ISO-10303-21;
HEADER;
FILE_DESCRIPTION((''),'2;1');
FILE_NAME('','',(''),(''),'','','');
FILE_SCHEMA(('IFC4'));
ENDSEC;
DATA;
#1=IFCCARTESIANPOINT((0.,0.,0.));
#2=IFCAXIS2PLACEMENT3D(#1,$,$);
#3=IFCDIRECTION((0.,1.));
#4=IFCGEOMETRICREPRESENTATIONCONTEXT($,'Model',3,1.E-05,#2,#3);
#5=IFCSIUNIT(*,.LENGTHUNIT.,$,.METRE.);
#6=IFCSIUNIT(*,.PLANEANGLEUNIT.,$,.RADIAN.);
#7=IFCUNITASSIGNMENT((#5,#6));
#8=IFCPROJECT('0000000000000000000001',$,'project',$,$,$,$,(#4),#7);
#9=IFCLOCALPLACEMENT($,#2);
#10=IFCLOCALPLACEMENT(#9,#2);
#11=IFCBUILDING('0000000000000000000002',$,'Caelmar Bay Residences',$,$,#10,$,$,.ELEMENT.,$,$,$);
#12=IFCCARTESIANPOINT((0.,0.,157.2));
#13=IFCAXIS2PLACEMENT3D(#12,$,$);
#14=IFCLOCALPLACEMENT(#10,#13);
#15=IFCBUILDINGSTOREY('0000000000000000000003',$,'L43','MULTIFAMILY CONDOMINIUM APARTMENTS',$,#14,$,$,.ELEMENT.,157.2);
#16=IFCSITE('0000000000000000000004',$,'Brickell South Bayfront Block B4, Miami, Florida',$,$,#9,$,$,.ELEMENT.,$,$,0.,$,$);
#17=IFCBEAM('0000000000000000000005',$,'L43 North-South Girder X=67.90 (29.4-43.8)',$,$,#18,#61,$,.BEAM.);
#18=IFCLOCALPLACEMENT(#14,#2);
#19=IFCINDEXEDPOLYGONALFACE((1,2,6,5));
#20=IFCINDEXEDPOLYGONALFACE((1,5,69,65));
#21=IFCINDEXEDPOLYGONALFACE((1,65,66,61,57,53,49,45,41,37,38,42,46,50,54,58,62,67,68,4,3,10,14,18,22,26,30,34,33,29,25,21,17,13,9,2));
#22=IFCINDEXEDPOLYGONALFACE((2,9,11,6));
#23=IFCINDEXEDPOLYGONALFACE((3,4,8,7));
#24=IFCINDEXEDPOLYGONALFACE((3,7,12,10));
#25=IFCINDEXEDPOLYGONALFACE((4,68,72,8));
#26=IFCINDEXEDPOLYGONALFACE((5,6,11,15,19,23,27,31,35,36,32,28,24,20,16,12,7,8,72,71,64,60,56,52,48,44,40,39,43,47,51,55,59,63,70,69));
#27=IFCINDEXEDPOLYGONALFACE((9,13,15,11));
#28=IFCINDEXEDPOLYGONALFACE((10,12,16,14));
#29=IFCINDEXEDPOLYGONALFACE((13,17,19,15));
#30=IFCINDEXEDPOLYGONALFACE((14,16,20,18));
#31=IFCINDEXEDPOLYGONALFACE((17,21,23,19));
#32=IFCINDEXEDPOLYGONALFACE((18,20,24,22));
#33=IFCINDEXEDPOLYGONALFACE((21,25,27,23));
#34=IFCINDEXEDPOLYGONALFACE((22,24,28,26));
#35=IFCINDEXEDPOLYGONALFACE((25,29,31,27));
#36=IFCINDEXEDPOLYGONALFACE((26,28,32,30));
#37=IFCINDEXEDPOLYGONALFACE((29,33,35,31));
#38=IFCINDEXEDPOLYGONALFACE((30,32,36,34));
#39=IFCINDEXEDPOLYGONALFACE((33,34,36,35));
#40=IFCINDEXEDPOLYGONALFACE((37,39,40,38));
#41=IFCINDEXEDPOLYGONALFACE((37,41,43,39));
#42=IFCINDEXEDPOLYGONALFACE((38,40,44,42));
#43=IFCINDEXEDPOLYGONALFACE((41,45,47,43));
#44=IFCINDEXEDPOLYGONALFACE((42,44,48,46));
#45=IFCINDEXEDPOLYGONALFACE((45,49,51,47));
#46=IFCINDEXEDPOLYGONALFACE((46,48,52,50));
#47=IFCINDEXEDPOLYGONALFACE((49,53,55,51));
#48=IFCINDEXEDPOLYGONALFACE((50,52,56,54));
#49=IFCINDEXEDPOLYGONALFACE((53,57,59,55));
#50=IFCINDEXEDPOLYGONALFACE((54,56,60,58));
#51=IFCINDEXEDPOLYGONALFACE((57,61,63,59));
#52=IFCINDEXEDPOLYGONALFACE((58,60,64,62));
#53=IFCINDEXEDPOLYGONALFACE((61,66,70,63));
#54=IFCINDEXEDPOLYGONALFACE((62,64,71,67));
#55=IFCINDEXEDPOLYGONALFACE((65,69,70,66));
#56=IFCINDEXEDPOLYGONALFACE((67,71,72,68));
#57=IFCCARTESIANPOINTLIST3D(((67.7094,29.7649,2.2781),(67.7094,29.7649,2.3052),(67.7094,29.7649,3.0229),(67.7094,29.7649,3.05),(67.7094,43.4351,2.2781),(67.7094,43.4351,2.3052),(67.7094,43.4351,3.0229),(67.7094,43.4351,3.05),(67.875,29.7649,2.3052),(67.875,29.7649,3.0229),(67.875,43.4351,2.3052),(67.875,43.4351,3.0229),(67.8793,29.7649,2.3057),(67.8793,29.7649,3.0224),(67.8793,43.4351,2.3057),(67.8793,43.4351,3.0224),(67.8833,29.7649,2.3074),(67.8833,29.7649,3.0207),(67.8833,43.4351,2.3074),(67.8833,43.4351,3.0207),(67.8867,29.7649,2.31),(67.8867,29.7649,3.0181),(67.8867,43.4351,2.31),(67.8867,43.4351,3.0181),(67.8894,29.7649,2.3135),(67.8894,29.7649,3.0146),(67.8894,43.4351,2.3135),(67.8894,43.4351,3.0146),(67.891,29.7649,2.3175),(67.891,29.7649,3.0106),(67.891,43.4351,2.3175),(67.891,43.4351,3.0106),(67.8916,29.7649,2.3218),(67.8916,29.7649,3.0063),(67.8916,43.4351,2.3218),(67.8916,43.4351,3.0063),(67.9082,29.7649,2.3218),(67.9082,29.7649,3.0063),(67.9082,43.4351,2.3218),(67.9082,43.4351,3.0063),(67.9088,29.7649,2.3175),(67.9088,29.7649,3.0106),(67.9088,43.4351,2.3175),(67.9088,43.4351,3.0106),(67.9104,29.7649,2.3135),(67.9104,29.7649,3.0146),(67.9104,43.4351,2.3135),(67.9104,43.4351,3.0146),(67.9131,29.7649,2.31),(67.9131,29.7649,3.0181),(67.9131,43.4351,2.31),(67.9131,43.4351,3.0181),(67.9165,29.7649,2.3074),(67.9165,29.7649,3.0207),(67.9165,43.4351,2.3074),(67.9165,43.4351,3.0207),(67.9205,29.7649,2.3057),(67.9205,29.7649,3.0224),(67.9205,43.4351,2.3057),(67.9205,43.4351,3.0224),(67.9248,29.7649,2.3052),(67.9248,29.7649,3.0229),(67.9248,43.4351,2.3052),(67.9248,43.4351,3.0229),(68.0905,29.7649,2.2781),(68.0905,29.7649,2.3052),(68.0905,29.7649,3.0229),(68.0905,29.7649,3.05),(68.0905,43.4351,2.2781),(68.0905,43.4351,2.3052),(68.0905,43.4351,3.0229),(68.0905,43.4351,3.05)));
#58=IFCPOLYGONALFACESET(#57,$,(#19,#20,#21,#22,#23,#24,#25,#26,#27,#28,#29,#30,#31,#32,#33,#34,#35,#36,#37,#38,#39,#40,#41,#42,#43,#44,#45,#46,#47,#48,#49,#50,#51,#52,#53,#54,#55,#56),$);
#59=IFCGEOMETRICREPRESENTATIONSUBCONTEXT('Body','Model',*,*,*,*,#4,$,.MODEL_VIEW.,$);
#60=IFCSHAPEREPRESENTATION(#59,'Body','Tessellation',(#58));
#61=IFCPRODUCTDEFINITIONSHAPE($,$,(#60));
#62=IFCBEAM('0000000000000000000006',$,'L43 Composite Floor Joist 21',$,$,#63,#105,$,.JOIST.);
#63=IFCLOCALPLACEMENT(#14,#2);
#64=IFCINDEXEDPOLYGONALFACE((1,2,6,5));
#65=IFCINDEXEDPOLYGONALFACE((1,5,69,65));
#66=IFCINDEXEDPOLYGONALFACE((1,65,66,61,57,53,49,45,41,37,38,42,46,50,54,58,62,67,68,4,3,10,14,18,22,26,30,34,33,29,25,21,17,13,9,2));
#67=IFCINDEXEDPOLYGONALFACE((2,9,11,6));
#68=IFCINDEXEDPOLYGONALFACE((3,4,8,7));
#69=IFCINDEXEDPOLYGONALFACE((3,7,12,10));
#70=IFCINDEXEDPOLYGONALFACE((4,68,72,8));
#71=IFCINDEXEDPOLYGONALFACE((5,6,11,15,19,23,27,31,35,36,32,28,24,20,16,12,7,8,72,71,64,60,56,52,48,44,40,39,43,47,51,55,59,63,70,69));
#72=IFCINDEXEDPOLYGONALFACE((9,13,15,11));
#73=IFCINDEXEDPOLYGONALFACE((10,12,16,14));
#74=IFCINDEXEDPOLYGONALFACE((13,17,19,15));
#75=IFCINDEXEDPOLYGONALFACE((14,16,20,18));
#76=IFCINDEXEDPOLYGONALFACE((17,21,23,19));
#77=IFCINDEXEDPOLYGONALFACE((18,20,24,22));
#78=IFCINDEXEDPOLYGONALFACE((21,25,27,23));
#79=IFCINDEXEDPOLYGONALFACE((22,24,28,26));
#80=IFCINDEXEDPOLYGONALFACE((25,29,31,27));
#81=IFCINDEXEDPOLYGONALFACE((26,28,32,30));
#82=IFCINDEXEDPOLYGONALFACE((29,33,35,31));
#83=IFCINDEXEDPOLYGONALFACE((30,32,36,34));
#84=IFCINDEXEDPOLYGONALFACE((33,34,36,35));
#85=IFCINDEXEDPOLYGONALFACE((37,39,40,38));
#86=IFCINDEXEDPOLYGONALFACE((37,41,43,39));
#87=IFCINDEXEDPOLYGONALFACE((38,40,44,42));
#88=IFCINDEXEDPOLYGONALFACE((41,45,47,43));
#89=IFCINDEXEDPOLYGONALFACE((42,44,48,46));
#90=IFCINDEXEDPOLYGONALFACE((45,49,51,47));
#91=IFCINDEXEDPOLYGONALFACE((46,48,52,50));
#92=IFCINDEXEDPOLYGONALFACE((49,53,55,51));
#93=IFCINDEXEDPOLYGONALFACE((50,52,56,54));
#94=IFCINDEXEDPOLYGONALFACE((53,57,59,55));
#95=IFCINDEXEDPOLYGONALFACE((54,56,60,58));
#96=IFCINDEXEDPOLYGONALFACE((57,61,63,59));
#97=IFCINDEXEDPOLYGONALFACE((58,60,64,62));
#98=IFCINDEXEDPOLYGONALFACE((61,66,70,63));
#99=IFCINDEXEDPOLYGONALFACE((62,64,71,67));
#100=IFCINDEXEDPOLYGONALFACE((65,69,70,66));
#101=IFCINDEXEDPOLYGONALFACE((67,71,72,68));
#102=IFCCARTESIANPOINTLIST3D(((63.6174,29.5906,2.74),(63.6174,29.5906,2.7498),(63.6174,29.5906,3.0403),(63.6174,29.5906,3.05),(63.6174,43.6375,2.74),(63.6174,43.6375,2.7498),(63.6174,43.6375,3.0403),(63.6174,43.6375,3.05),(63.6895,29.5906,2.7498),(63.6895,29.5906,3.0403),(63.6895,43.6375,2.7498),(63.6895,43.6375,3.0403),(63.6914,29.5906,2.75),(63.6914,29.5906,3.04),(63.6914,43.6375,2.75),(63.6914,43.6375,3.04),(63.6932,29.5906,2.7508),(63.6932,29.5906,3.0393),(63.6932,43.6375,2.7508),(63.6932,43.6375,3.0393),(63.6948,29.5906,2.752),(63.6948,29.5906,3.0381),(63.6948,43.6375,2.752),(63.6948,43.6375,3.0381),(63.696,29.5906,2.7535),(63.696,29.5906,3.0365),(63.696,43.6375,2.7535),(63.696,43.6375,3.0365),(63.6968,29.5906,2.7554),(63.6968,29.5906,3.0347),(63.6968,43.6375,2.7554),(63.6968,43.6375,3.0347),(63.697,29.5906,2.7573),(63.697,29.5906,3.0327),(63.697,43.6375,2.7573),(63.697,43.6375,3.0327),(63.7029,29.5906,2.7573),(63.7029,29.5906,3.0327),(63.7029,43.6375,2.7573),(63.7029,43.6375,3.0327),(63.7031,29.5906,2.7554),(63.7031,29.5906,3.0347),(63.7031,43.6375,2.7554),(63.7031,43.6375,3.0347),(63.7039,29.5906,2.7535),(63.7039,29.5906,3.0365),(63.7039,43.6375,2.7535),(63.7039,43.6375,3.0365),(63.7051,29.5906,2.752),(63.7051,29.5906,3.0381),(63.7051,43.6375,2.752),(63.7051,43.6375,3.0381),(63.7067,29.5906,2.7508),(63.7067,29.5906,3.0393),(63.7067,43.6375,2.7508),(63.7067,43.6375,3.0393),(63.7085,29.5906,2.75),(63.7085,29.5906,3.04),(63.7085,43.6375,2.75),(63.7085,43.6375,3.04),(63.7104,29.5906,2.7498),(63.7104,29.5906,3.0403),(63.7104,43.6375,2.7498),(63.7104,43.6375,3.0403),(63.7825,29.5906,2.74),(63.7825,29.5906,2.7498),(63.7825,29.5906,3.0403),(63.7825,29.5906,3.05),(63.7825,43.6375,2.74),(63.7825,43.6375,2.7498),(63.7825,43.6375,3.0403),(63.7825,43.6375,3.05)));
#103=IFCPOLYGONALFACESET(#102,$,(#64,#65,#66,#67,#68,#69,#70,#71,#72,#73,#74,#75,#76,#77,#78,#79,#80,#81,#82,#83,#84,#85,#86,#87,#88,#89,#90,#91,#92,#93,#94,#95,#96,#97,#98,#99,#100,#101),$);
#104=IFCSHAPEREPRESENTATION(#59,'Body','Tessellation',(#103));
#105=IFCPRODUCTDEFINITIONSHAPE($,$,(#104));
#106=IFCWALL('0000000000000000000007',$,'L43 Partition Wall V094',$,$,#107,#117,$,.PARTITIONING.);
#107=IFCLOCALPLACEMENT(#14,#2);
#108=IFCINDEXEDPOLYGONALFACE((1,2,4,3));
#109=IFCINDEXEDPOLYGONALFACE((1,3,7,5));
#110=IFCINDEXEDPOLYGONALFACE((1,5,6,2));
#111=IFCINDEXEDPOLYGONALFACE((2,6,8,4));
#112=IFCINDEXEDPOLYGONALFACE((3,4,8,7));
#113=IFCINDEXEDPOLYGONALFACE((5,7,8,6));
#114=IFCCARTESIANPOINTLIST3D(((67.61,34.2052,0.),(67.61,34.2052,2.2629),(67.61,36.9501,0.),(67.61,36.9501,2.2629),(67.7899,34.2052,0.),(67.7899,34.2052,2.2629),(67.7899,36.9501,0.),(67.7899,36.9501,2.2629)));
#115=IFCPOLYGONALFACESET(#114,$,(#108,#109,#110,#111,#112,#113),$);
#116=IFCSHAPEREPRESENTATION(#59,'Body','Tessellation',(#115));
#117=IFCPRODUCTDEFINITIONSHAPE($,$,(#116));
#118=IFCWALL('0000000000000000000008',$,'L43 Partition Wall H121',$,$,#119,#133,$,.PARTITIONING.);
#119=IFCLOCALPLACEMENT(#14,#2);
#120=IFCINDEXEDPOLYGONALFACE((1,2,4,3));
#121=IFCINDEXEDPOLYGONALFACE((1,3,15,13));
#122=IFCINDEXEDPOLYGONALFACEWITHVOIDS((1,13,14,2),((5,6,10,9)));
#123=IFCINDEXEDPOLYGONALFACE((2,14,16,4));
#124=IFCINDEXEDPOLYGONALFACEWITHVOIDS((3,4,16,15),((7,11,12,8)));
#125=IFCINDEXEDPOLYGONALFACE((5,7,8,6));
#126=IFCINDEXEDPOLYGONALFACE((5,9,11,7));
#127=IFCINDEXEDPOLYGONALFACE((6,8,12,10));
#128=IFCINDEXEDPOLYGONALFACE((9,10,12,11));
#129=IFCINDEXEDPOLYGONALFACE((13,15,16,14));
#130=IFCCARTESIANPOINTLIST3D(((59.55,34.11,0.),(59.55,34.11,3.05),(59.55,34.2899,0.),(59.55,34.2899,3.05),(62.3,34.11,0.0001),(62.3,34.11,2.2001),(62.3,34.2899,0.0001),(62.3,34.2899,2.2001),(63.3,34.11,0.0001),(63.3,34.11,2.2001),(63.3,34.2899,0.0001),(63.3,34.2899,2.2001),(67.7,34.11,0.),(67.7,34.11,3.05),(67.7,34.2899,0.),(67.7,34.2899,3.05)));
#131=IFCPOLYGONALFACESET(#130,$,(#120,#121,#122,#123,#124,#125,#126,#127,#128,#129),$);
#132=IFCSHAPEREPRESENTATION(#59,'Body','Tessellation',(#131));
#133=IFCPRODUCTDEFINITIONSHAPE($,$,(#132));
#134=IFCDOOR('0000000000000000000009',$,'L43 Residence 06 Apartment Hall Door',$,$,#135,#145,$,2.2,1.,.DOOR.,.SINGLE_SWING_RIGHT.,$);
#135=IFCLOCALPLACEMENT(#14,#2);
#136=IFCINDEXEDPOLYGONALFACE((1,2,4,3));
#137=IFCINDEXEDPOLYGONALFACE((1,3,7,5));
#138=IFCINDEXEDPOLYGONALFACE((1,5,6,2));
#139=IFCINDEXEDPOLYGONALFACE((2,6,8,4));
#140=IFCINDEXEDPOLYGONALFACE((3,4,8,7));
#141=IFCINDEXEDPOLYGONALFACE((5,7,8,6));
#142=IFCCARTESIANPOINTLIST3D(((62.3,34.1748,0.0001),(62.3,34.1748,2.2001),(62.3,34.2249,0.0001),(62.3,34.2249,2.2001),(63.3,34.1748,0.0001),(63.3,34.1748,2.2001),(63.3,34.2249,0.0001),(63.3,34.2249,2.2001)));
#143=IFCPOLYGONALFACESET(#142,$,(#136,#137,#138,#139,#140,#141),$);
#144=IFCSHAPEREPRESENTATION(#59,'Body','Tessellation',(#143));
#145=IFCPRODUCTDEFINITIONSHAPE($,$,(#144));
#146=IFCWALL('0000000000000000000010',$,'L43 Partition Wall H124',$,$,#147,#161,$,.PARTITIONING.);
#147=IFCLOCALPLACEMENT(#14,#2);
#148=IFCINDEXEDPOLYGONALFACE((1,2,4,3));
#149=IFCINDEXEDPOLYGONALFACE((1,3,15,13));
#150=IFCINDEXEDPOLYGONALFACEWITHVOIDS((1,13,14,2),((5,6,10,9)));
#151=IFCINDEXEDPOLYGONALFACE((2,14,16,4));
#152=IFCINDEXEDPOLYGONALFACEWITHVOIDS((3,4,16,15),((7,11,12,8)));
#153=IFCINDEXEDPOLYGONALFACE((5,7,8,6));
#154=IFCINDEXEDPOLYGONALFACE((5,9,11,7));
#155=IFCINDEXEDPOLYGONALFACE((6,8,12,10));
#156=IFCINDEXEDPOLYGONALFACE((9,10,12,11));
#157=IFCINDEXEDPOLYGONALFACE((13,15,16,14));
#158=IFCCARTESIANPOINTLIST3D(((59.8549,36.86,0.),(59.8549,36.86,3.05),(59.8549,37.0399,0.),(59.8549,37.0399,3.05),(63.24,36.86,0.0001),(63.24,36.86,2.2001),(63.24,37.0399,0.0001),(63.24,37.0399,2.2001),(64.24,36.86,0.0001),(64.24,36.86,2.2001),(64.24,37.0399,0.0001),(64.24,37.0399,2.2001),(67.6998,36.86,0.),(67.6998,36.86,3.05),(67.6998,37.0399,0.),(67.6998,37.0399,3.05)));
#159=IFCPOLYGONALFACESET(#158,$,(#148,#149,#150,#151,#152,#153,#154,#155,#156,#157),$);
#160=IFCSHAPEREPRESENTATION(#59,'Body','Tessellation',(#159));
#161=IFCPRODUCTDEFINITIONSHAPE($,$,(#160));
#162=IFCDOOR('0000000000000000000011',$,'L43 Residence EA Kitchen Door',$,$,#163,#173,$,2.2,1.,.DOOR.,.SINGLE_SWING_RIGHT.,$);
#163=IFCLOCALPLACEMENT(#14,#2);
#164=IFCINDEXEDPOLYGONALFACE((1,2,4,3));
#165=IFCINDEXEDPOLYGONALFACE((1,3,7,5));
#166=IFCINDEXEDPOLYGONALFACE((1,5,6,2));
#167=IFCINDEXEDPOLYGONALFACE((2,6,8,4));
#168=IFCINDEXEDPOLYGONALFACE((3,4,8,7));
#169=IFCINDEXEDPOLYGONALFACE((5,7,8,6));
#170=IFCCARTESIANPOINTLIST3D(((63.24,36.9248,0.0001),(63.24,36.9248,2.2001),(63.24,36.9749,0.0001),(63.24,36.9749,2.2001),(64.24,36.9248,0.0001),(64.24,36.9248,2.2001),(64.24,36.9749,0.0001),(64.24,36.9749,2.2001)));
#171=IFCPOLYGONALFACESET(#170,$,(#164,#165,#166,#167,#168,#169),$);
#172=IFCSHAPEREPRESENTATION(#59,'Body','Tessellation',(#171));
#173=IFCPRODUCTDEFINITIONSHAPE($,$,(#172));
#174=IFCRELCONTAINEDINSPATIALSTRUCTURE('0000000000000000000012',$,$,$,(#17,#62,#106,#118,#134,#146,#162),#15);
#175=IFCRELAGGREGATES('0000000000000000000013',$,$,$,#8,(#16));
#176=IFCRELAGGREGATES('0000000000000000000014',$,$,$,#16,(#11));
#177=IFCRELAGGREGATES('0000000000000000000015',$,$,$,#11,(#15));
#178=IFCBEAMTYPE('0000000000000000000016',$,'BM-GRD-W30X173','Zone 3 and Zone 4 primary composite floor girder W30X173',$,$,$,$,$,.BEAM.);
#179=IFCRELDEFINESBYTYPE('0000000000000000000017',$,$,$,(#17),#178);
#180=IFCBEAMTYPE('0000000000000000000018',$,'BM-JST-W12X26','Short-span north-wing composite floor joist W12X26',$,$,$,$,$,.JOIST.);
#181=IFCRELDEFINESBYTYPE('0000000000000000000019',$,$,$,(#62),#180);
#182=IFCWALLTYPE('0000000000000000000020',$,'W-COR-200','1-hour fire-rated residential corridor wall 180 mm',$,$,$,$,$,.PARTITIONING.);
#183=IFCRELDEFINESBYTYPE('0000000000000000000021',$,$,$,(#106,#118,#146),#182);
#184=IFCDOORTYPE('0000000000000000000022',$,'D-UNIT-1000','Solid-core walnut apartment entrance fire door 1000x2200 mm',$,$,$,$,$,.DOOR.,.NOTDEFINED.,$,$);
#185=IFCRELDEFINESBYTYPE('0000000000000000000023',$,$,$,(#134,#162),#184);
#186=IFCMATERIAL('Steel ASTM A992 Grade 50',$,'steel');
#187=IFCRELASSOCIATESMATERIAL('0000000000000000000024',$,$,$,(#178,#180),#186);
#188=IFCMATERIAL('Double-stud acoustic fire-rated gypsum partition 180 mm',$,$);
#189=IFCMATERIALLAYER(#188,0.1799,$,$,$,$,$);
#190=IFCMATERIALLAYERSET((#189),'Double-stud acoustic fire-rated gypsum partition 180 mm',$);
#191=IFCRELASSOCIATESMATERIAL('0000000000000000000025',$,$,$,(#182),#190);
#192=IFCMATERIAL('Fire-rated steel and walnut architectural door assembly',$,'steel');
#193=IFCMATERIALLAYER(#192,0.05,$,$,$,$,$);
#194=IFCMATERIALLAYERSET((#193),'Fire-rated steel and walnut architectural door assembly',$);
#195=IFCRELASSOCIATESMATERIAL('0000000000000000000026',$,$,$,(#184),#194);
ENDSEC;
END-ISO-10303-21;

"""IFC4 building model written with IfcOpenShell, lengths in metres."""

from ifc_helpers import new_model, si_unit, direction, frame, frame_2d, origin, origin_2d, place, context, subcontext, project, spatial, rectangle, i_section, extrude, material, layer, layer_set, material_profile, profile_set, type_object, element, fill, save


model = new_model("IFC4")

# Units and contexts
model_context = context("Model", 3, precision=1e-05, world=origin(), true_north=direction((0.0, 1.0)))
body_context = subcontext(model_context, "Body", "Model", "MODEL_VIEW")
ifc_project = project(units=[si_unit("LENGTHUNIT", "METRE"), si_unit("PLANEANGLEUNIT", "RADIAN")], contexts=[model_context])

# Site, building, storey
site_placement = place(None, origin())
site = spatial("IfcSite", under=ifc_project, at=site_placement, Name="Brickell South Bayfront Block B4, Miami, Florida", CompositionType="ELEMENT", RefElevation=0.0)
building_placement = place(site_placement, origin())
building = spatial("IfcBuilding", under=site, at=building_placement, Name="Caelmar Bay Residences", CompositionType="ELEMENT")
storey_placement = place(building_placement, frame((0.0, 0.0, 157.2)))
storey = spatial("IfcBuildingStorey", under=building, at=storey_placement, Name="L43", Description="MULTIFAMILY CONDOMINIUM APARTMENTS", CompositionType="ELEMENT", Elevation=157.2)

# Beams
ifc_material_1 = material(Name="Steel ASTM A992 Grade 50", Category="steel")
ifc_material_profile_1 = material_profile(ifc_material_1, i_section(OverallWidth=0.3811, OverallDepth=0.772, WebThickness=0.0166, FlangeThickness=0.0271, FilletRadius=0.0166, at=origin_2d()), Name="W30X173")
ifc_profile_set_1 = profile_set([ifc_material_profile_1], Name="Steel ASTM A992 Grade 50")
beam_type_1 = type_object("IfcBeamType", Name="BM-GRD-W30X173", Description="Zone 3 and Zone 4 primary composite floor girder W30X173", PredefinedType="BEAM", material=ifc_profile_set_1)
beam_1_placement = place(storey_placement, frame((67.8999, 29.7649, 2.6641), z_axis=(0.0, 1.0, 0.0), x_axis=(-1.0, 0.0, 0.0)))
element("IfcBeam", 1, at=beam_1_placement, inside=storey, type_object=beam_type_1, Name="L43 North-South Girder X=67.90 (29.4-43.8)", PredefinedType="BEAM", context=body_context, shape_type="SweptSolid", body=[
    extrude(i_section(OverallWidth=0.3811, OverallDepth=0.772, WebThickness=0.0166, FlangeThickness=0.0271, FilletRadius=0.0166, at=origin_2d()), origin(), (0.0, 0.0, 1.0), 13.6702),
])
ifc_material_profile_2 = material_profile(ifc_material_1, i_section(OverallWidth=0.165, OverallDepth=0.3101, WebThickness=0.0059, FlangeThickness=0.0098, FilletRadius=0.0076, at=origin_2d()), Name="W12X26")
ifc_profile_set_2 = profile_set([ifc_material_profile_2], Name="Steel ASTM A992 Grade 50")
beam_type_2 = type_object("IfcBeamType", Name="BM-JST-W12X26", Description="Short-span north-wing composite floor joist W12X26", PredefinedType="JOIST", material=ifc_profile_set_2)
beam_2_placement = place(storey_placement, frame((63.7, 29.5906, 2.895), z_axis=(0.0, 1.0, 0.0), x_axis=(-1.0, 0.0, 0.0)))
element("IfcBeam", 2, at=beam_2_placement, inside=storey, type_object=beam_type_2, Name="L43 Composite Floor Joist 21", PredefinedType="JOIST", context=body_context, shape_type="SweptSolid", body=[
    extrude(i_section(OverallWidth=0.165, OverallDepth=0.3101, WebThickness=0.0059, FlangeThickness=0.0098, FilletRadius=0.0076, at=origin_2d()), origin(), (0.0, 0.0, 1.0), 14.0469),
])

# Wall
ifc_material_2 = material(Name="Double-stud acoustic fire-rated gypsum partition 180 mm")
ifc_layer_1 = layer(ifc_material_2, 0.1799)
ifc_layer_set_1 = layer_set([ifc_layer_1], Name="Double-stud acoustic fire-rated gypsum partition 180 mm")
wall_type_1 = type_object("IfcWallType", Name="W-COR-200", Description="1-hour fire-rated residential corridor wall 180 mm", PredefinedType="PARTITIONING", material=ifc_layer_set_1)
wall_1_placement = place(storey_placement, frame((67.7, 34.2051, 0.0), z_axis=(0.0, 0.0, 1.0), x_axis=(0.0, 1.0, 0.0)))
element("IfcWall", 3, at=wall_1_placement, inside=storey, type_object=wall_type_1, Name="L43 Partition Wall V094", PredefinedType="PARTITIONING", context=body_context, shape_type="SweptSolid", body=[
    extrude(rectangle(XDim=2.7449, YDim=0.1799, at=frame_2d((1.3726, 0.0))), origin(), (0.0, 0.0, 1.0), 2.2629),
])

# Walls, openings, doors
wall_2_placement = place(storey_placement, frame((59.55, 34.2, 0.0), z_axis=(0.0, 0.0, 1.0), x_axis=(1.0, 0.0, 0.0)))
wall_2 = element("IfcWall", 4, at=wall_2_placement, inside=storey, type_object=wall_type_1, Name="L43 Partition Wall H121", PredefinedType="PARTITIONING", context=body_context, shape_type="SweptSolid", body=[
    extrude(rectangle(XDim=8.1499, YDim=0.1799, at=frame_2d((4.075, 0.0))), origin(), (0.0, 0.0, 1.0), 3.05),
])
opening_1_placement = place(wall_2_placement, frame((2.75, 0.0, 0.0)))
opening_1 = element("IfcOpeningElement", 5, at=opening_1_placement, cuts=wall_2, PredefinedType="OPENING", context=body_context, shape_type="SweptSolid", body=[
    extrude(rectangle(XDim=1.0, YDim=2.2, at=frame_2d((0.5, 1.1001))), frame((0.0, 0.0999, 0.0), z_axis=(0.0, -1.0, 0.0), x_axis=(1.0, 0.0, 0.0)), (0.0, 0.0, 1.0), 0.2),
])
ifc_material_3 = material(Name="Fire-rated steel and walnut architectural door assembly", Category="steel")
ifc_layer_2 = layer(ifc_material_3, 0.05)
ifc_layer_set_2 = layer_set([ifc_layer_2], Name="Fire-rated steel and walnut architectural door assembly")
door_type_1 = type_object("IfcDoorType", Name="D-UNIT-1000", Description="Solid-core walnut apartment entrance fire door 1000x2200 mm", OperationType="NOTDEFINED", PredefinedType="DOOR", material=ifc_layer_set_2)
door_1_placement = place(opening_1_placement, origin())
door_1 = element("IfcDoor", 6, at=door_1_placement, inside=storey, type_object=door_type_1, Name="L43 Residence 06 Apartment Hall Door", OperationType="SINGLE_SWING_RIGHT", OverallHeight=2.2, OverallWidth=1.0, PredefinedType="DOOR", context=body_context, shape_type="SweptSolid", body=[
    extrude(rectangle(XDim=1.0, YDim=2.2, at=frame_2d((0.5, 1.1001))), frame((0.0, 0.0249, 0.0), z_axis=(0.0, -1.0, 0.0), x_axis=(1.0, 0.0, 0.0)), (0.0, 0.0, 1.0), 0.05),
])
fill(opening_1, door_1)
wall_3_placement = place(storey_placement, frame((59.855, 36.95, 0.0), z_axis=(0.0, 0.0, 1.0), x_axis=(1.0, 0.0, 0.0)))
wall_3 = element("IfcWall", 7, at=wall_3_placement, inside=storey, type_object=wall_type_1, Name="L43 Partition Wall H124", PredefinedType="PARTITIONING", context=body_context, shape_type="SweptSolid", body=[
    extrude(rectangle(XDim=7.845, YDim=0.1799, at=frame_2d((3.9224, 0.0))), origin(), (0.0, 0.0, 1.0), 3.05),
])
opening_2_placement = place(wall_3_placement, frame((3.385, 0.0, 0.0)))
opening_2 = element("IfcOpeningElement", 8, at=opening_2_placement, cuts=wall_3, PredefinedType="OPENING", context=body_context, shape_type="SweptSolid", body=[
    extrude(rectangle(XDim=1.0, YDim=2.2, at=frame_2d((0.5, 1.1001))), frame((0.0, 0.0999, 0.0), z_axis=(0.0, -1.0, 0.0), x_axis=(1.0, 0.0, 0.0)), (0.0, 0.0, 1.0), 0.2),
])
door_2_placement = place(opening_2_placement, origin())
door_2 = element("IfcDoor", 9, at=door_2_placement, inside=storey, type_object=door_type_1, Name="L43 Residence EA Kitchen Door", OperationType="SINGLE_SWING_RIGHT", OverallHeight=2.2, OverallWidth=1.0, PredefinedType="DOOR", context=body_context, shape_type="SweptSolid", body=[
    extrude(rectangle(XDim=1.0, YDim=2.2, at=frame_2d((0.5, 1.1001))), frame((0.0, 0.0249, 0.0), z_axis=(0.0, -1.0, 0.0), x_axis=(1.0, 0.0, 0.0)), (0.0, 0.0, 1.0), 0.05),
])
fill(opening_2, door_2)

save(model, "model.ifc")
